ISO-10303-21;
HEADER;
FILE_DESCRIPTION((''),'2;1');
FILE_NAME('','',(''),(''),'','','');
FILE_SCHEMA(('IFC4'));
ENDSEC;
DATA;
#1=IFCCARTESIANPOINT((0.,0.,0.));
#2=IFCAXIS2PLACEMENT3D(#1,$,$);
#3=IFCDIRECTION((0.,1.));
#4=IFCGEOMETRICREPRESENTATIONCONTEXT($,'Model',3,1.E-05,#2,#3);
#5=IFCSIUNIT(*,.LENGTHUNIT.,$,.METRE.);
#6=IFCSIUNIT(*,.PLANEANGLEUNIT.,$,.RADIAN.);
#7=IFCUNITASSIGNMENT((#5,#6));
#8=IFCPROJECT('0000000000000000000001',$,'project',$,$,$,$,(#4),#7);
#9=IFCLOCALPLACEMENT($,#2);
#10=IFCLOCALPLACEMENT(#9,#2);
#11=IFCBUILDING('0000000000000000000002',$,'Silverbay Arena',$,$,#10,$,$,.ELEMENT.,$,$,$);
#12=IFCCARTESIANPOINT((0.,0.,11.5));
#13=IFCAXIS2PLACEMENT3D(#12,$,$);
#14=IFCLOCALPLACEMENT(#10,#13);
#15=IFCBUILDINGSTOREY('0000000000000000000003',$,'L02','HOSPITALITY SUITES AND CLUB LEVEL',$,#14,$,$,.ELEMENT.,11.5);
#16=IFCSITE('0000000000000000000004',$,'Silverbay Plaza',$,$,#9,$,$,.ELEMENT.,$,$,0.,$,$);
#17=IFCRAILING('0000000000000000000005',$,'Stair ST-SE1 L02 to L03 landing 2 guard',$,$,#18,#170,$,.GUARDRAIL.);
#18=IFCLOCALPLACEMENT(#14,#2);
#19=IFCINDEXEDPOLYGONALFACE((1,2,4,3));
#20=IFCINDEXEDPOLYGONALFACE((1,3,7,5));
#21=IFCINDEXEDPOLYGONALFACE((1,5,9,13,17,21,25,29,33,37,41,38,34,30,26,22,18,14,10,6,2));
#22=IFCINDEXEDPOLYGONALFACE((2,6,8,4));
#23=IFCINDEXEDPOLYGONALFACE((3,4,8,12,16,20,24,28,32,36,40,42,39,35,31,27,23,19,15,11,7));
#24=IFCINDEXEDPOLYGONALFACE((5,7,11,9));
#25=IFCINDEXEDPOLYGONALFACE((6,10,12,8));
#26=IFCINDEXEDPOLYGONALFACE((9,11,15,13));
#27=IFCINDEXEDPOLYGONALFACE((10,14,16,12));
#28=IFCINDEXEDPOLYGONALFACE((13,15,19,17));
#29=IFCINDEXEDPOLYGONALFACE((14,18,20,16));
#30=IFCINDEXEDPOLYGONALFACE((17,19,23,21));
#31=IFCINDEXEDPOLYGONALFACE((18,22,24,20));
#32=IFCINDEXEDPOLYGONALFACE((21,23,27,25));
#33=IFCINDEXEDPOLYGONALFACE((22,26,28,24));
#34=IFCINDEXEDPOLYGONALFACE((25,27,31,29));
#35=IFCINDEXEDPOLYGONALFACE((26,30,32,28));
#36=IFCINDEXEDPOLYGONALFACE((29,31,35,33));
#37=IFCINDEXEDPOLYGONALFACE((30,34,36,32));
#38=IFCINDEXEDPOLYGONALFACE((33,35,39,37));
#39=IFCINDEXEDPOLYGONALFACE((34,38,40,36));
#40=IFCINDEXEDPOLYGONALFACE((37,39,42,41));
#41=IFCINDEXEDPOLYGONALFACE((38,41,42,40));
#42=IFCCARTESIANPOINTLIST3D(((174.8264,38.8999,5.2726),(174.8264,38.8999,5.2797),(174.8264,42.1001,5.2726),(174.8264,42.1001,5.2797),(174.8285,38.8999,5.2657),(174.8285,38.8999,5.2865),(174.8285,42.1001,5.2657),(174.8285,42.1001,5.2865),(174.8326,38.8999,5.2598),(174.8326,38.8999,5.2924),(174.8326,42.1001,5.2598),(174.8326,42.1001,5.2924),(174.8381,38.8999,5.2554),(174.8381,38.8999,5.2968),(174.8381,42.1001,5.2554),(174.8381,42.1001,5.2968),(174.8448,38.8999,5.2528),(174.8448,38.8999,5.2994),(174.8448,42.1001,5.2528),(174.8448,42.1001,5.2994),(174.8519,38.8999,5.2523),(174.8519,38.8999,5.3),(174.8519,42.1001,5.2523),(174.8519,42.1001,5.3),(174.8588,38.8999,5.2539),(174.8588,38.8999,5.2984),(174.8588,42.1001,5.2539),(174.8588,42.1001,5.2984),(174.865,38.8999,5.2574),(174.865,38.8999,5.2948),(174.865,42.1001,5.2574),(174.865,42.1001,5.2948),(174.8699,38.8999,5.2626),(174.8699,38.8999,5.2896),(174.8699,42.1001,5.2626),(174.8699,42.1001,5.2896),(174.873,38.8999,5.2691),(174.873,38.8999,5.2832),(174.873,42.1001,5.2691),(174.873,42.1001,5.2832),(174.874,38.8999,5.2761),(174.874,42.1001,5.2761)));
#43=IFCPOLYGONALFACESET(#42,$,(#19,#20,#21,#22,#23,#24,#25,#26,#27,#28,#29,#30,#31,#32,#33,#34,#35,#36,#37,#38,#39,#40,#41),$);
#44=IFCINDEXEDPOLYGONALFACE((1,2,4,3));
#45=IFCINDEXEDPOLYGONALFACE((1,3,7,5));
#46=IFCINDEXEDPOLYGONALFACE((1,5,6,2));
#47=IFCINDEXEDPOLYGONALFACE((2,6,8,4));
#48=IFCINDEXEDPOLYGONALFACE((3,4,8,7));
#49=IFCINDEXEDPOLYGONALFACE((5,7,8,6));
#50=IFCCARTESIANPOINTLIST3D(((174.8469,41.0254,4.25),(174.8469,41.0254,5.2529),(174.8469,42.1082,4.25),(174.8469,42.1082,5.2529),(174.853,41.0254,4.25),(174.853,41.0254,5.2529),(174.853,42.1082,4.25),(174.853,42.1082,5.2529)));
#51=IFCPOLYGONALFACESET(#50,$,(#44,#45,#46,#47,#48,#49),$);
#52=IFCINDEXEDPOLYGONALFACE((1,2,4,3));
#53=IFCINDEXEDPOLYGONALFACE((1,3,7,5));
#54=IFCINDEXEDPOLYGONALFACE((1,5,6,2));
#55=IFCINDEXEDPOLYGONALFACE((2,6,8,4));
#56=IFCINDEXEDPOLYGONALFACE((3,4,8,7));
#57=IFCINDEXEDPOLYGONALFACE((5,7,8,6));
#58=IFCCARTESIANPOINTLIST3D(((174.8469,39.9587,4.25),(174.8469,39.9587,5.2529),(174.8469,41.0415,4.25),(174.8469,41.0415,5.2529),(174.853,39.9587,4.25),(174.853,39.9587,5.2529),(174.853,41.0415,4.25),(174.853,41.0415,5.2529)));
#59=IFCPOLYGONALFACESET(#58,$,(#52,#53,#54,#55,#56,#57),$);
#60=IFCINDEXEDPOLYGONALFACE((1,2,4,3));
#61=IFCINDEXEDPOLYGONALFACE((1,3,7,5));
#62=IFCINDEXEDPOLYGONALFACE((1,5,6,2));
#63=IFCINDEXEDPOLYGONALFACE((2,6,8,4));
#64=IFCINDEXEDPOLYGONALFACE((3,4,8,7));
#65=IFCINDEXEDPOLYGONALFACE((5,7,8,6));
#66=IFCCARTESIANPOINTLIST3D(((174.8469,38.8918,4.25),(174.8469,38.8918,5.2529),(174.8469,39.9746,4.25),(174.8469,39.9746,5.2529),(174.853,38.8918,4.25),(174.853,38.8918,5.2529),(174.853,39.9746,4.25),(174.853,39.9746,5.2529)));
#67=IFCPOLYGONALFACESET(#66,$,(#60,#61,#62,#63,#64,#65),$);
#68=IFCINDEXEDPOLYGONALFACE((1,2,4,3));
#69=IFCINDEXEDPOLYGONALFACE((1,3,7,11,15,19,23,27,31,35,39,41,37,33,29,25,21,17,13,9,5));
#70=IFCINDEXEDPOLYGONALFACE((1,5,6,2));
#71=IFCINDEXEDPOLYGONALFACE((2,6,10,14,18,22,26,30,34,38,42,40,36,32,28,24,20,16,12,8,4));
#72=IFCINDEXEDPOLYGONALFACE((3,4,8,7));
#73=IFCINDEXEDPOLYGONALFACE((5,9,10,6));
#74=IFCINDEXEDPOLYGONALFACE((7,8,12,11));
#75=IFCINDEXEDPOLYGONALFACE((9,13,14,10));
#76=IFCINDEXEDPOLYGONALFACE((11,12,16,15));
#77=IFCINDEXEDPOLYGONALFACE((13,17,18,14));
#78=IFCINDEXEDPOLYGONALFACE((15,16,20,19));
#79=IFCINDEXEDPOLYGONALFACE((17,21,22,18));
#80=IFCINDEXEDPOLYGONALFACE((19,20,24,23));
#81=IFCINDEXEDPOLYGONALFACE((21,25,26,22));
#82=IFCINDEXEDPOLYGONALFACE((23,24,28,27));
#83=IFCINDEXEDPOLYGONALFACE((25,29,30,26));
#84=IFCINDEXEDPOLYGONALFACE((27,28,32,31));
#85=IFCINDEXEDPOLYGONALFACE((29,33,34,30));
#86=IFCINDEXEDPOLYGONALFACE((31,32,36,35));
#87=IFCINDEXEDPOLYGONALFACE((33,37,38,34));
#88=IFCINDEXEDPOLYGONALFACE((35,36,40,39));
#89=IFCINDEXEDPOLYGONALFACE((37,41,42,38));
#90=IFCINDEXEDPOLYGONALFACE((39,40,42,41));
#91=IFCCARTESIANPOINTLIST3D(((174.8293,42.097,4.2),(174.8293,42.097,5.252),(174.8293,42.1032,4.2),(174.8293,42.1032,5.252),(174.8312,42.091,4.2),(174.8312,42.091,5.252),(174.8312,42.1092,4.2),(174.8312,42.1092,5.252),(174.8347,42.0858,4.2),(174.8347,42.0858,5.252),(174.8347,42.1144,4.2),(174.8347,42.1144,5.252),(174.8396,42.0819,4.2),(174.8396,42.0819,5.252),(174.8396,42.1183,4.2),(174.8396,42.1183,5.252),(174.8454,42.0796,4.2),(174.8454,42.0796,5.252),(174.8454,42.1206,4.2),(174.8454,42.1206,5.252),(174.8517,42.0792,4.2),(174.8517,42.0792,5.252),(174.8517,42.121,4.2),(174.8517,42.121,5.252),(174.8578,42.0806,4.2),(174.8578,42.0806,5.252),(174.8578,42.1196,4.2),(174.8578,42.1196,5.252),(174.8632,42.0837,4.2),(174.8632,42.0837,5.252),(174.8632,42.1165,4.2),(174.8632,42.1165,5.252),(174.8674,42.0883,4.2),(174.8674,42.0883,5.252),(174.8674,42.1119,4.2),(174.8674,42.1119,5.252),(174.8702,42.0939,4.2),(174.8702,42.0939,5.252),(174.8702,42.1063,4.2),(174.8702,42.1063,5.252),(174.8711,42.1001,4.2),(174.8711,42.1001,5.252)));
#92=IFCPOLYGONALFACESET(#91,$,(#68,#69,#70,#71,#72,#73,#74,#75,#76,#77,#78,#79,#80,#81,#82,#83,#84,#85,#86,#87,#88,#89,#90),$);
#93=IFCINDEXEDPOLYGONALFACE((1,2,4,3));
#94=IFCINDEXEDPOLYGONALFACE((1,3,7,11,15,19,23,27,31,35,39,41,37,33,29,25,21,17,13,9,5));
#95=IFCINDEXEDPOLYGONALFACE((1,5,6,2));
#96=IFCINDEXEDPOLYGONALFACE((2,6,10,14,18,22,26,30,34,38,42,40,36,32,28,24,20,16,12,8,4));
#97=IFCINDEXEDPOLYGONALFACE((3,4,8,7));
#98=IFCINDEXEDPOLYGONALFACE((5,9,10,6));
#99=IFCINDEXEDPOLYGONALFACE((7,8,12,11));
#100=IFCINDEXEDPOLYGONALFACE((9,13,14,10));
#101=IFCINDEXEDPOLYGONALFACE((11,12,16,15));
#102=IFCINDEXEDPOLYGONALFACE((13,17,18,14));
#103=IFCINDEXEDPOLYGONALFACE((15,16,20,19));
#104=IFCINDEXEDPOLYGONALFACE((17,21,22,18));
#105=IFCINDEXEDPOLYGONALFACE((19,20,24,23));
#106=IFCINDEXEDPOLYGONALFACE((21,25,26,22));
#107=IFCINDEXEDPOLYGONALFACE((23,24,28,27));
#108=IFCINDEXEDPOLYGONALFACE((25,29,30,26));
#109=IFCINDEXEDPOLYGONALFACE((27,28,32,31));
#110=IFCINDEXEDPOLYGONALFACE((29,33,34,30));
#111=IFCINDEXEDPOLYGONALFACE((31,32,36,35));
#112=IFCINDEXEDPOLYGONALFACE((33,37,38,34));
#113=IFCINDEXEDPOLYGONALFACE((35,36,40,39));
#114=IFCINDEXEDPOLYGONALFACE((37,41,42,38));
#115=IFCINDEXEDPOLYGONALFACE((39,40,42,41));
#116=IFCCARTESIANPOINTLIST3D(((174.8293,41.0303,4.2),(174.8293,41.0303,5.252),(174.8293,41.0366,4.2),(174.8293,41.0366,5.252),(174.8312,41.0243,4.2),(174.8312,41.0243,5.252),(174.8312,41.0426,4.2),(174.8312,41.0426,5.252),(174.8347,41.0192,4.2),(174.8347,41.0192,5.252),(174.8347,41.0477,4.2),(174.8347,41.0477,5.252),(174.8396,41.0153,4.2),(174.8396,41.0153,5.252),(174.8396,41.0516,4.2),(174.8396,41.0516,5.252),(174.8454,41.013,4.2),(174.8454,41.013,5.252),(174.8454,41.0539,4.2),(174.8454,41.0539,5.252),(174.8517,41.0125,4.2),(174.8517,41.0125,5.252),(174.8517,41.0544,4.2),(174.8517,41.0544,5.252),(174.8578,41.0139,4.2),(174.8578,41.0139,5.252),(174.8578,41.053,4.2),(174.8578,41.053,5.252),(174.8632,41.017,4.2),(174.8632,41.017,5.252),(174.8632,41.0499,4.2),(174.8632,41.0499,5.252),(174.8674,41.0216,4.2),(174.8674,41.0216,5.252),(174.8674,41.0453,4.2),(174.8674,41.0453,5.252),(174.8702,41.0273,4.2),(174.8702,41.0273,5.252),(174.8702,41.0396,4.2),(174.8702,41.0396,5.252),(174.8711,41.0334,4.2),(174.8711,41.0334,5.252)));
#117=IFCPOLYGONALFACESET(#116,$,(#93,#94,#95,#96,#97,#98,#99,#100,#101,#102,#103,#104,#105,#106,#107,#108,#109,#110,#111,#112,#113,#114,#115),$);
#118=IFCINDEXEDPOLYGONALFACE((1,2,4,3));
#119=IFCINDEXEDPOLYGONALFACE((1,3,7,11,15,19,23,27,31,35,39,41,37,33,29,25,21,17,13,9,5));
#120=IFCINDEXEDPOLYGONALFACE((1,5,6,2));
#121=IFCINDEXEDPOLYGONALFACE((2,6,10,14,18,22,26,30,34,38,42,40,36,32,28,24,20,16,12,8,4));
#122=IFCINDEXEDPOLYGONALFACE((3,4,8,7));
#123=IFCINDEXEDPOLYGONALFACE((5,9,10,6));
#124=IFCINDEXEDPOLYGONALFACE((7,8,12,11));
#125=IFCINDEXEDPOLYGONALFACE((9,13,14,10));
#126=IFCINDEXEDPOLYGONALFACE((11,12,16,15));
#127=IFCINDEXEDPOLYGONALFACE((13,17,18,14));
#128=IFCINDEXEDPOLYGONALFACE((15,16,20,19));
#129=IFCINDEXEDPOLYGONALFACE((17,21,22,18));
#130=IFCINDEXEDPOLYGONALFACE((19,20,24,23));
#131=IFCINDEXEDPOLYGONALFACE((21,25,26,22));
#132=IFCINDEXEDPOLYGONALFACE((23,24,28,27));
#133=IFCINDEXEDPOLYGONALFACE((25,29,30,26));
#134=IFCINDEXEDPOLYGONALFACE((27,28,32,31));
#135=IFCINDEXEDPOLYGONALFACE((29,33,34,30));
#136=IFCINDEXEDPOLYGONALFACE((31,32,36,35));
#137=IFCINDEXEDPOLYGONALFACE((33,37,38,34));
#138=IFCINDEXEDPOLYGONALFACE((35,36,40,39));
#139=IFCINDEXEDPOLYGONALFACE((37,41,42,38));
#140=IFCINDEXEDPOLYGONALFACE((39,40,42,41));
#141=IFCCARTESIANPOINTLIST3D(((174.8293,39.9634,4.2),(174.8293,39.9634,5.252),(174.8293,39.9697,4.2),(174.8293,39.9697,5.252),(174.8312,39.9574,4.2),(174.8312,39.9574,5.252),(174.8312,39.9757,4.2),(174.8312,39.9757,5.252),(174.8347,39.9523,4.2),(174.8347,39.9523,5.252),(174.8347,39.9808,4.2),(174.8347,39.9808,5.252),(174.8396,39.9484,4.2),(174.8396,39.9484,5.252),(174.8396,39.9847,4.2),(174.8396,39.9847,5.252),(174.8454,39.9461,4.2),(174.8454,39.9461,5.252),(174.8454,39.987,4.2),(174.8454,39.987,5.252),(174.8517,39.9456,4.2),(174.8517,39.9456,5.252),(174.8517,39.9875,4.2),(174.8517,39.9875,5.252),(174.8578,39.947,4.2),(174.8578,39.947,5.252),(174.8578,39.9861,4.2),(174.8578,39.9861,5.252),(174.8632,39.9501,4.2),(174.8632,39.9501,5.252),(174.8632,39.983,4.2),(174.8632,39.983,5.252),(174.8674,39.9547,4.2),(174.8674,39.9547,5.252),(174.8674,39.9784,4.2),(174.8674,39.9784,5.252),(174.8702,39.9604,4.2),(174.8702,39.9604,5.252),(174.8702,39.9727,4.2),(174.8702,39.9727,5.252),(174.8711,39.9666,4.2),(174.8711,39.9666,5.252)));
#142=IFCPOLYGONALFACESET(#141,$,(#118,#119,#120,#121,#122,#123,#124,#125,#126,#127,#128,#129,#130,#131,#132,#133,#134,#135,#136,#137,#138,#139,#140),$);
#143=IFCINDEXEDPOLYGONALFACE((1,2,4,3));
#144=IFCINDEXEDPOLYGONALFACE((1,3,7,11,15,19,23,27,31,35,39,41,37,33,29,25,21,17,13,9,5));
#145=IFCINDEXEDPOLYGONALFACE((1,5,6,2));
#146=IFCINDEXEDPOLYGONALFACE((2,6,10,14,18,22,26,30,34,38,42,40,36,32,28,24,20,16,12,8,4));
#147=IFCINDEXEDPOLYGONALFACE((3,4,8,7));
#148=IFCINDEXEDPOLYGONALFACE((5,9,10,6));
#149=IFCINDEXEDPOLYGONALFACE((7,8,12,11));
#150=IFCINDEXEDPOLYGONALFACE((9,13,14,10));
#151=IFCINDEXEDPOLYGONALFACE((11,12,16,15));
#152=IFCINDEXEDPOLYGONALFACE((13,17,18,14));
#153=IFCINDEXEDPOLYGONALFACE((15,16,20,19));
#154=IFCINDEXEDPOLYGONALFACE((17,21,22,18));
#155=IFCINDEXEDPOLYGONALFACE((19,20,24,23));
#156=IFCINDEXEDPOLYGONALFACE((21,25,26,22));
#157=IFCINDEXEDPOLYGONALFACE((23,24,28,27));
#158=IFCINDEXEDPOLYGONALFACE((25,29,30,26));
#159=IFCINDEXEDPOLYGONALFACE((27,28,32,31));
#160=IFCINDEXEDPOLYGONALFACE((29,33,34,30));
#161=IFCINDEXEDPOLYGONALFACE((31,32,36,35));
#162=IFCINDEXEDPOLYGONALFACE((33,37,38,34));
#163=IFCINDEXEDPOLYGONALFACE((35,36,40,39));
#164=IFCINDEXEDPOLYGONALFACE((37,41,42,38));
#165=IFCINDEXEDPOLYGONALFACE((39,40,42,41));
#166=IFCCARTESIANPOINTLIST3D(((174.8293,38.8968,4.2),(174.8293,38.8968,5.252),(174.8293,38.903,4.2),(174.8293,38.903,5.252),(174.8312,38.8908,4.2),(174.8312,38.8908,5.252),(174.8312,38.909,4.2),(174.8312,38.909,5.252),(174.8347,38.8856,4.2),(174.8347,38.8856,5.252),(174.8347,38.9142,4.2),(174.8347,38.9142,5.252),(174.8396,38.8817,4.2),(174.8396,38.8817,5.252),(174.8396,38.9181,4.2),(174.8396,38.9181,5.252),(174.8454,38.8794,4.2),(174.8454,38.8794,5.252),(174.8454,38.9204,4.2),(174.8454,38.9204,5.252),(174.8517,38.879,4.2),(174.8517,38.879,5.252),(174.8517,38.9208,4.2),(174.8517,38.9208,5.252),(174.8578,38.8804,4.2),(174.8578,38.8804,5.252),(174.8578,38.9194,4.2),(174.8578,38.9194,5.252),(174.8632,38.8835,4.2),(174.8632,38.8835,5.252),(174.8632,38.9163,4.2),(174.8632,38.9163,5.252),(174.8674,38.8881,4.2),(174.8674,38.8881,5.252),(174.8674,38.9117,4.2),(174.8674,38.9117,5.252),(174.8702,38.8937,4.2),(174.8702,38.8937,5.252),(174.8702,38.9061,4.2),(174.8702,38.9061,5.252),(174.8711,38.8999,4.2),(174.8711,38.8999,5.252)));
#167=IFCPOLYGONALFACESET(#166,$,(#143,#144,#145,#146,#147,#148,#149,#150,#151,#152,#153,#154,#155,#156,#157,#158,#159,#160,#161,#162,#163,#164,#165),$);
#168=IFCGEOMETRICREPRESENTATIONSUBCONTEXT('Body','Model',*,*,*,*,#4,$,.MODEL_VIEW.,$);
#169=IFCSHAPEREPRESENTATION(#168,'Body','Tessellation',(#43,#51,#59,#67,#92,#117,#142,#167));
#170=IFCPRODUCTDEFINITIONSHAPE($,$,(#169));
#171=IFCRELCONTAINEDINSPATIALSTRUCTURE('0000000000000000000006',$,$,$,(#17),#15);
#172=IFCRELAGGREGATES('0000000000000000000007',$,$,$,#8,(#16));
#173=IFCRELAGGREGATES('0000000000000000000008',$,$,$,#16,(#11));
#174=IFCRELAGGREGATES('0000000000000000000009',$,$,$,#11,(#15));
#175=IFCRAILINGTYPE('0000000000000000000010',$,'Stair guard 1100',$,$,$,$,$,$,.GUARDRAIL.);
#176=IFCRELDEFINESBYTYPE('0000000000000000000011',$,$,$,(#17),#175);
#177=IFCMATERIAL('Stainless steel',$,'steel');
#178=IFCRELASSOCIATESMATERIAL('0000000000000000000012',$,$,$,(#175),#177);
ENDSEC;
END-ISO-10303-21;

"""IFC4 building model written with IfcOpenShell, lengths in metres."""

from ifc_helpers import new_model, si_unit, direction, frame, origin, origin_2d, place, context, subcontext, project, spatial, polyline, circle, outline, extrude, material, type_object, element, save


model = new_model("IFC4")

# Units and contexts
model_context = context("Model", 3, precision=1e-05, world=origin(), true_north=direction((0.0, 1.0)))
body_context = subcontext(model_context, "Body", "Model", "MODEL_VIEW")
ifc_project = project(units=[si_unit("LENGTHUNIT", "METRE"), si_unit("PLANEANGLEUNIT", "RADIAN")], contexts=[model_context])

# Site, building, storey
site_placement = place(None, origin())
site = spatial("IfcSite", under=ifc_project, at=site_placement, Name="Silverbay Plaza", CompositionType="ELEMENT", RefElevation=0.0)
building_placement = place(site_placement, origin())
building = spatial("IfcBuilding", under=site, at=building_placement, Name="Silverbay Arena", CompositionType="ELEMENT")
storey_placement = place(building_placement, frame((0.0, 0.0, 11.5)))
storey = spatial("IfcBuildingStorey", under=building, at=storey_placement, Name="L02", Description="HOSPITALITY SUITES AND CLUB LEVEL", CompositionType="ELEMENT", Elevation=11.5)

# Railing
ifc_material_1 = material(Name="Stainless steel", Category="steel")
railing_type_1 = type_object("IfcRailingType", Name="Stair guard 1100", PredefinedType="GUARDRAIL", material=ifc_material_1)
for number, where, name in (
    (1, (174.8501, 42.1001, 4.2), "Stair ST-SE1 L02 to L03 landing 2 guard"),
):
    element("IfcRailing", number, at=place(storey_placement, frame(where)), inside=storey, type_object=railing_type_1, Name=name, PredefinedType="GUARDRAIL", context=body_context, shape_type="SweptSolid", body=[
        extrude(circle(Radius=0.0239, at=origin_2d()), frame((0.0, 0.0, 1.0762), z_axis=(0.0, -1.0, 0.0), x_axis=(1.0, 0.0, 0.0)), (0.0, 0.0, 1.0), 3.2002),
        extrude(outline(polyline([(-0.0081, 0.05), (1.0747, 0.05), (1.0747, 1.053), (-0.0081, 1.053), (-0.0081, 0.05)])), frame((0.0029, 0.0, 0.0), z_axis=(-1.0, 0.0, 0.0), x_axis=(0.0, -1.0, 0.0)), (0.0, 0.0, 1.0), 0.0061),
        extrude(outline(polyline([(-0.0081, 0.05), (1.0747, 0.05), (1.0747, 1.053), (-0.0081, 1.053), (-0.0081, 0.05)])), frame((0.0029, -1.0667, 0.0), z_axis=(-1.0, 0.0, 0.0), x_axis=(0.0, -1.0, 0.0)), (0.0, 0.0, 1.0), 0.0061),
        extrude(outline(polyline([(-0.0081, 0.05), (1.0747, 0.05), (1.0747, 1.053), (-0.0081, 1.053), (-0.0081, 0.05)])), frame((0.0029, -2.1335, 0.0), z_axis=(-1.0, 0.0, 0.0), x_axis=(0.0, -1.0, 0.0)), (0.0, 0.0, 1.0), 0.0061),
        extrude(circle(Radius=0.021, at=origin_2d()), origin(), (0.0, 0.0, 1.0), 1.052),
        extrude(circle(Radius=0.021, at=origin_2d()), frame((0.0, -1.0667, 0.0)), (0.0, 0.0, 1.0), 1.052),
        extrude(circle(Radius=0.021, at=origin_2d()), frame((0.0, -2.1335, 0.0)), (0.0, 0.0, 1.0), 1.052),
        extrude(circle(Radius=0.021, at=origin_2d()), frame((0.0, -3.2002, 0.0)), (0.0, 0.0, 1.0), 1.052),
    ])

save(model, "model.ifc")
